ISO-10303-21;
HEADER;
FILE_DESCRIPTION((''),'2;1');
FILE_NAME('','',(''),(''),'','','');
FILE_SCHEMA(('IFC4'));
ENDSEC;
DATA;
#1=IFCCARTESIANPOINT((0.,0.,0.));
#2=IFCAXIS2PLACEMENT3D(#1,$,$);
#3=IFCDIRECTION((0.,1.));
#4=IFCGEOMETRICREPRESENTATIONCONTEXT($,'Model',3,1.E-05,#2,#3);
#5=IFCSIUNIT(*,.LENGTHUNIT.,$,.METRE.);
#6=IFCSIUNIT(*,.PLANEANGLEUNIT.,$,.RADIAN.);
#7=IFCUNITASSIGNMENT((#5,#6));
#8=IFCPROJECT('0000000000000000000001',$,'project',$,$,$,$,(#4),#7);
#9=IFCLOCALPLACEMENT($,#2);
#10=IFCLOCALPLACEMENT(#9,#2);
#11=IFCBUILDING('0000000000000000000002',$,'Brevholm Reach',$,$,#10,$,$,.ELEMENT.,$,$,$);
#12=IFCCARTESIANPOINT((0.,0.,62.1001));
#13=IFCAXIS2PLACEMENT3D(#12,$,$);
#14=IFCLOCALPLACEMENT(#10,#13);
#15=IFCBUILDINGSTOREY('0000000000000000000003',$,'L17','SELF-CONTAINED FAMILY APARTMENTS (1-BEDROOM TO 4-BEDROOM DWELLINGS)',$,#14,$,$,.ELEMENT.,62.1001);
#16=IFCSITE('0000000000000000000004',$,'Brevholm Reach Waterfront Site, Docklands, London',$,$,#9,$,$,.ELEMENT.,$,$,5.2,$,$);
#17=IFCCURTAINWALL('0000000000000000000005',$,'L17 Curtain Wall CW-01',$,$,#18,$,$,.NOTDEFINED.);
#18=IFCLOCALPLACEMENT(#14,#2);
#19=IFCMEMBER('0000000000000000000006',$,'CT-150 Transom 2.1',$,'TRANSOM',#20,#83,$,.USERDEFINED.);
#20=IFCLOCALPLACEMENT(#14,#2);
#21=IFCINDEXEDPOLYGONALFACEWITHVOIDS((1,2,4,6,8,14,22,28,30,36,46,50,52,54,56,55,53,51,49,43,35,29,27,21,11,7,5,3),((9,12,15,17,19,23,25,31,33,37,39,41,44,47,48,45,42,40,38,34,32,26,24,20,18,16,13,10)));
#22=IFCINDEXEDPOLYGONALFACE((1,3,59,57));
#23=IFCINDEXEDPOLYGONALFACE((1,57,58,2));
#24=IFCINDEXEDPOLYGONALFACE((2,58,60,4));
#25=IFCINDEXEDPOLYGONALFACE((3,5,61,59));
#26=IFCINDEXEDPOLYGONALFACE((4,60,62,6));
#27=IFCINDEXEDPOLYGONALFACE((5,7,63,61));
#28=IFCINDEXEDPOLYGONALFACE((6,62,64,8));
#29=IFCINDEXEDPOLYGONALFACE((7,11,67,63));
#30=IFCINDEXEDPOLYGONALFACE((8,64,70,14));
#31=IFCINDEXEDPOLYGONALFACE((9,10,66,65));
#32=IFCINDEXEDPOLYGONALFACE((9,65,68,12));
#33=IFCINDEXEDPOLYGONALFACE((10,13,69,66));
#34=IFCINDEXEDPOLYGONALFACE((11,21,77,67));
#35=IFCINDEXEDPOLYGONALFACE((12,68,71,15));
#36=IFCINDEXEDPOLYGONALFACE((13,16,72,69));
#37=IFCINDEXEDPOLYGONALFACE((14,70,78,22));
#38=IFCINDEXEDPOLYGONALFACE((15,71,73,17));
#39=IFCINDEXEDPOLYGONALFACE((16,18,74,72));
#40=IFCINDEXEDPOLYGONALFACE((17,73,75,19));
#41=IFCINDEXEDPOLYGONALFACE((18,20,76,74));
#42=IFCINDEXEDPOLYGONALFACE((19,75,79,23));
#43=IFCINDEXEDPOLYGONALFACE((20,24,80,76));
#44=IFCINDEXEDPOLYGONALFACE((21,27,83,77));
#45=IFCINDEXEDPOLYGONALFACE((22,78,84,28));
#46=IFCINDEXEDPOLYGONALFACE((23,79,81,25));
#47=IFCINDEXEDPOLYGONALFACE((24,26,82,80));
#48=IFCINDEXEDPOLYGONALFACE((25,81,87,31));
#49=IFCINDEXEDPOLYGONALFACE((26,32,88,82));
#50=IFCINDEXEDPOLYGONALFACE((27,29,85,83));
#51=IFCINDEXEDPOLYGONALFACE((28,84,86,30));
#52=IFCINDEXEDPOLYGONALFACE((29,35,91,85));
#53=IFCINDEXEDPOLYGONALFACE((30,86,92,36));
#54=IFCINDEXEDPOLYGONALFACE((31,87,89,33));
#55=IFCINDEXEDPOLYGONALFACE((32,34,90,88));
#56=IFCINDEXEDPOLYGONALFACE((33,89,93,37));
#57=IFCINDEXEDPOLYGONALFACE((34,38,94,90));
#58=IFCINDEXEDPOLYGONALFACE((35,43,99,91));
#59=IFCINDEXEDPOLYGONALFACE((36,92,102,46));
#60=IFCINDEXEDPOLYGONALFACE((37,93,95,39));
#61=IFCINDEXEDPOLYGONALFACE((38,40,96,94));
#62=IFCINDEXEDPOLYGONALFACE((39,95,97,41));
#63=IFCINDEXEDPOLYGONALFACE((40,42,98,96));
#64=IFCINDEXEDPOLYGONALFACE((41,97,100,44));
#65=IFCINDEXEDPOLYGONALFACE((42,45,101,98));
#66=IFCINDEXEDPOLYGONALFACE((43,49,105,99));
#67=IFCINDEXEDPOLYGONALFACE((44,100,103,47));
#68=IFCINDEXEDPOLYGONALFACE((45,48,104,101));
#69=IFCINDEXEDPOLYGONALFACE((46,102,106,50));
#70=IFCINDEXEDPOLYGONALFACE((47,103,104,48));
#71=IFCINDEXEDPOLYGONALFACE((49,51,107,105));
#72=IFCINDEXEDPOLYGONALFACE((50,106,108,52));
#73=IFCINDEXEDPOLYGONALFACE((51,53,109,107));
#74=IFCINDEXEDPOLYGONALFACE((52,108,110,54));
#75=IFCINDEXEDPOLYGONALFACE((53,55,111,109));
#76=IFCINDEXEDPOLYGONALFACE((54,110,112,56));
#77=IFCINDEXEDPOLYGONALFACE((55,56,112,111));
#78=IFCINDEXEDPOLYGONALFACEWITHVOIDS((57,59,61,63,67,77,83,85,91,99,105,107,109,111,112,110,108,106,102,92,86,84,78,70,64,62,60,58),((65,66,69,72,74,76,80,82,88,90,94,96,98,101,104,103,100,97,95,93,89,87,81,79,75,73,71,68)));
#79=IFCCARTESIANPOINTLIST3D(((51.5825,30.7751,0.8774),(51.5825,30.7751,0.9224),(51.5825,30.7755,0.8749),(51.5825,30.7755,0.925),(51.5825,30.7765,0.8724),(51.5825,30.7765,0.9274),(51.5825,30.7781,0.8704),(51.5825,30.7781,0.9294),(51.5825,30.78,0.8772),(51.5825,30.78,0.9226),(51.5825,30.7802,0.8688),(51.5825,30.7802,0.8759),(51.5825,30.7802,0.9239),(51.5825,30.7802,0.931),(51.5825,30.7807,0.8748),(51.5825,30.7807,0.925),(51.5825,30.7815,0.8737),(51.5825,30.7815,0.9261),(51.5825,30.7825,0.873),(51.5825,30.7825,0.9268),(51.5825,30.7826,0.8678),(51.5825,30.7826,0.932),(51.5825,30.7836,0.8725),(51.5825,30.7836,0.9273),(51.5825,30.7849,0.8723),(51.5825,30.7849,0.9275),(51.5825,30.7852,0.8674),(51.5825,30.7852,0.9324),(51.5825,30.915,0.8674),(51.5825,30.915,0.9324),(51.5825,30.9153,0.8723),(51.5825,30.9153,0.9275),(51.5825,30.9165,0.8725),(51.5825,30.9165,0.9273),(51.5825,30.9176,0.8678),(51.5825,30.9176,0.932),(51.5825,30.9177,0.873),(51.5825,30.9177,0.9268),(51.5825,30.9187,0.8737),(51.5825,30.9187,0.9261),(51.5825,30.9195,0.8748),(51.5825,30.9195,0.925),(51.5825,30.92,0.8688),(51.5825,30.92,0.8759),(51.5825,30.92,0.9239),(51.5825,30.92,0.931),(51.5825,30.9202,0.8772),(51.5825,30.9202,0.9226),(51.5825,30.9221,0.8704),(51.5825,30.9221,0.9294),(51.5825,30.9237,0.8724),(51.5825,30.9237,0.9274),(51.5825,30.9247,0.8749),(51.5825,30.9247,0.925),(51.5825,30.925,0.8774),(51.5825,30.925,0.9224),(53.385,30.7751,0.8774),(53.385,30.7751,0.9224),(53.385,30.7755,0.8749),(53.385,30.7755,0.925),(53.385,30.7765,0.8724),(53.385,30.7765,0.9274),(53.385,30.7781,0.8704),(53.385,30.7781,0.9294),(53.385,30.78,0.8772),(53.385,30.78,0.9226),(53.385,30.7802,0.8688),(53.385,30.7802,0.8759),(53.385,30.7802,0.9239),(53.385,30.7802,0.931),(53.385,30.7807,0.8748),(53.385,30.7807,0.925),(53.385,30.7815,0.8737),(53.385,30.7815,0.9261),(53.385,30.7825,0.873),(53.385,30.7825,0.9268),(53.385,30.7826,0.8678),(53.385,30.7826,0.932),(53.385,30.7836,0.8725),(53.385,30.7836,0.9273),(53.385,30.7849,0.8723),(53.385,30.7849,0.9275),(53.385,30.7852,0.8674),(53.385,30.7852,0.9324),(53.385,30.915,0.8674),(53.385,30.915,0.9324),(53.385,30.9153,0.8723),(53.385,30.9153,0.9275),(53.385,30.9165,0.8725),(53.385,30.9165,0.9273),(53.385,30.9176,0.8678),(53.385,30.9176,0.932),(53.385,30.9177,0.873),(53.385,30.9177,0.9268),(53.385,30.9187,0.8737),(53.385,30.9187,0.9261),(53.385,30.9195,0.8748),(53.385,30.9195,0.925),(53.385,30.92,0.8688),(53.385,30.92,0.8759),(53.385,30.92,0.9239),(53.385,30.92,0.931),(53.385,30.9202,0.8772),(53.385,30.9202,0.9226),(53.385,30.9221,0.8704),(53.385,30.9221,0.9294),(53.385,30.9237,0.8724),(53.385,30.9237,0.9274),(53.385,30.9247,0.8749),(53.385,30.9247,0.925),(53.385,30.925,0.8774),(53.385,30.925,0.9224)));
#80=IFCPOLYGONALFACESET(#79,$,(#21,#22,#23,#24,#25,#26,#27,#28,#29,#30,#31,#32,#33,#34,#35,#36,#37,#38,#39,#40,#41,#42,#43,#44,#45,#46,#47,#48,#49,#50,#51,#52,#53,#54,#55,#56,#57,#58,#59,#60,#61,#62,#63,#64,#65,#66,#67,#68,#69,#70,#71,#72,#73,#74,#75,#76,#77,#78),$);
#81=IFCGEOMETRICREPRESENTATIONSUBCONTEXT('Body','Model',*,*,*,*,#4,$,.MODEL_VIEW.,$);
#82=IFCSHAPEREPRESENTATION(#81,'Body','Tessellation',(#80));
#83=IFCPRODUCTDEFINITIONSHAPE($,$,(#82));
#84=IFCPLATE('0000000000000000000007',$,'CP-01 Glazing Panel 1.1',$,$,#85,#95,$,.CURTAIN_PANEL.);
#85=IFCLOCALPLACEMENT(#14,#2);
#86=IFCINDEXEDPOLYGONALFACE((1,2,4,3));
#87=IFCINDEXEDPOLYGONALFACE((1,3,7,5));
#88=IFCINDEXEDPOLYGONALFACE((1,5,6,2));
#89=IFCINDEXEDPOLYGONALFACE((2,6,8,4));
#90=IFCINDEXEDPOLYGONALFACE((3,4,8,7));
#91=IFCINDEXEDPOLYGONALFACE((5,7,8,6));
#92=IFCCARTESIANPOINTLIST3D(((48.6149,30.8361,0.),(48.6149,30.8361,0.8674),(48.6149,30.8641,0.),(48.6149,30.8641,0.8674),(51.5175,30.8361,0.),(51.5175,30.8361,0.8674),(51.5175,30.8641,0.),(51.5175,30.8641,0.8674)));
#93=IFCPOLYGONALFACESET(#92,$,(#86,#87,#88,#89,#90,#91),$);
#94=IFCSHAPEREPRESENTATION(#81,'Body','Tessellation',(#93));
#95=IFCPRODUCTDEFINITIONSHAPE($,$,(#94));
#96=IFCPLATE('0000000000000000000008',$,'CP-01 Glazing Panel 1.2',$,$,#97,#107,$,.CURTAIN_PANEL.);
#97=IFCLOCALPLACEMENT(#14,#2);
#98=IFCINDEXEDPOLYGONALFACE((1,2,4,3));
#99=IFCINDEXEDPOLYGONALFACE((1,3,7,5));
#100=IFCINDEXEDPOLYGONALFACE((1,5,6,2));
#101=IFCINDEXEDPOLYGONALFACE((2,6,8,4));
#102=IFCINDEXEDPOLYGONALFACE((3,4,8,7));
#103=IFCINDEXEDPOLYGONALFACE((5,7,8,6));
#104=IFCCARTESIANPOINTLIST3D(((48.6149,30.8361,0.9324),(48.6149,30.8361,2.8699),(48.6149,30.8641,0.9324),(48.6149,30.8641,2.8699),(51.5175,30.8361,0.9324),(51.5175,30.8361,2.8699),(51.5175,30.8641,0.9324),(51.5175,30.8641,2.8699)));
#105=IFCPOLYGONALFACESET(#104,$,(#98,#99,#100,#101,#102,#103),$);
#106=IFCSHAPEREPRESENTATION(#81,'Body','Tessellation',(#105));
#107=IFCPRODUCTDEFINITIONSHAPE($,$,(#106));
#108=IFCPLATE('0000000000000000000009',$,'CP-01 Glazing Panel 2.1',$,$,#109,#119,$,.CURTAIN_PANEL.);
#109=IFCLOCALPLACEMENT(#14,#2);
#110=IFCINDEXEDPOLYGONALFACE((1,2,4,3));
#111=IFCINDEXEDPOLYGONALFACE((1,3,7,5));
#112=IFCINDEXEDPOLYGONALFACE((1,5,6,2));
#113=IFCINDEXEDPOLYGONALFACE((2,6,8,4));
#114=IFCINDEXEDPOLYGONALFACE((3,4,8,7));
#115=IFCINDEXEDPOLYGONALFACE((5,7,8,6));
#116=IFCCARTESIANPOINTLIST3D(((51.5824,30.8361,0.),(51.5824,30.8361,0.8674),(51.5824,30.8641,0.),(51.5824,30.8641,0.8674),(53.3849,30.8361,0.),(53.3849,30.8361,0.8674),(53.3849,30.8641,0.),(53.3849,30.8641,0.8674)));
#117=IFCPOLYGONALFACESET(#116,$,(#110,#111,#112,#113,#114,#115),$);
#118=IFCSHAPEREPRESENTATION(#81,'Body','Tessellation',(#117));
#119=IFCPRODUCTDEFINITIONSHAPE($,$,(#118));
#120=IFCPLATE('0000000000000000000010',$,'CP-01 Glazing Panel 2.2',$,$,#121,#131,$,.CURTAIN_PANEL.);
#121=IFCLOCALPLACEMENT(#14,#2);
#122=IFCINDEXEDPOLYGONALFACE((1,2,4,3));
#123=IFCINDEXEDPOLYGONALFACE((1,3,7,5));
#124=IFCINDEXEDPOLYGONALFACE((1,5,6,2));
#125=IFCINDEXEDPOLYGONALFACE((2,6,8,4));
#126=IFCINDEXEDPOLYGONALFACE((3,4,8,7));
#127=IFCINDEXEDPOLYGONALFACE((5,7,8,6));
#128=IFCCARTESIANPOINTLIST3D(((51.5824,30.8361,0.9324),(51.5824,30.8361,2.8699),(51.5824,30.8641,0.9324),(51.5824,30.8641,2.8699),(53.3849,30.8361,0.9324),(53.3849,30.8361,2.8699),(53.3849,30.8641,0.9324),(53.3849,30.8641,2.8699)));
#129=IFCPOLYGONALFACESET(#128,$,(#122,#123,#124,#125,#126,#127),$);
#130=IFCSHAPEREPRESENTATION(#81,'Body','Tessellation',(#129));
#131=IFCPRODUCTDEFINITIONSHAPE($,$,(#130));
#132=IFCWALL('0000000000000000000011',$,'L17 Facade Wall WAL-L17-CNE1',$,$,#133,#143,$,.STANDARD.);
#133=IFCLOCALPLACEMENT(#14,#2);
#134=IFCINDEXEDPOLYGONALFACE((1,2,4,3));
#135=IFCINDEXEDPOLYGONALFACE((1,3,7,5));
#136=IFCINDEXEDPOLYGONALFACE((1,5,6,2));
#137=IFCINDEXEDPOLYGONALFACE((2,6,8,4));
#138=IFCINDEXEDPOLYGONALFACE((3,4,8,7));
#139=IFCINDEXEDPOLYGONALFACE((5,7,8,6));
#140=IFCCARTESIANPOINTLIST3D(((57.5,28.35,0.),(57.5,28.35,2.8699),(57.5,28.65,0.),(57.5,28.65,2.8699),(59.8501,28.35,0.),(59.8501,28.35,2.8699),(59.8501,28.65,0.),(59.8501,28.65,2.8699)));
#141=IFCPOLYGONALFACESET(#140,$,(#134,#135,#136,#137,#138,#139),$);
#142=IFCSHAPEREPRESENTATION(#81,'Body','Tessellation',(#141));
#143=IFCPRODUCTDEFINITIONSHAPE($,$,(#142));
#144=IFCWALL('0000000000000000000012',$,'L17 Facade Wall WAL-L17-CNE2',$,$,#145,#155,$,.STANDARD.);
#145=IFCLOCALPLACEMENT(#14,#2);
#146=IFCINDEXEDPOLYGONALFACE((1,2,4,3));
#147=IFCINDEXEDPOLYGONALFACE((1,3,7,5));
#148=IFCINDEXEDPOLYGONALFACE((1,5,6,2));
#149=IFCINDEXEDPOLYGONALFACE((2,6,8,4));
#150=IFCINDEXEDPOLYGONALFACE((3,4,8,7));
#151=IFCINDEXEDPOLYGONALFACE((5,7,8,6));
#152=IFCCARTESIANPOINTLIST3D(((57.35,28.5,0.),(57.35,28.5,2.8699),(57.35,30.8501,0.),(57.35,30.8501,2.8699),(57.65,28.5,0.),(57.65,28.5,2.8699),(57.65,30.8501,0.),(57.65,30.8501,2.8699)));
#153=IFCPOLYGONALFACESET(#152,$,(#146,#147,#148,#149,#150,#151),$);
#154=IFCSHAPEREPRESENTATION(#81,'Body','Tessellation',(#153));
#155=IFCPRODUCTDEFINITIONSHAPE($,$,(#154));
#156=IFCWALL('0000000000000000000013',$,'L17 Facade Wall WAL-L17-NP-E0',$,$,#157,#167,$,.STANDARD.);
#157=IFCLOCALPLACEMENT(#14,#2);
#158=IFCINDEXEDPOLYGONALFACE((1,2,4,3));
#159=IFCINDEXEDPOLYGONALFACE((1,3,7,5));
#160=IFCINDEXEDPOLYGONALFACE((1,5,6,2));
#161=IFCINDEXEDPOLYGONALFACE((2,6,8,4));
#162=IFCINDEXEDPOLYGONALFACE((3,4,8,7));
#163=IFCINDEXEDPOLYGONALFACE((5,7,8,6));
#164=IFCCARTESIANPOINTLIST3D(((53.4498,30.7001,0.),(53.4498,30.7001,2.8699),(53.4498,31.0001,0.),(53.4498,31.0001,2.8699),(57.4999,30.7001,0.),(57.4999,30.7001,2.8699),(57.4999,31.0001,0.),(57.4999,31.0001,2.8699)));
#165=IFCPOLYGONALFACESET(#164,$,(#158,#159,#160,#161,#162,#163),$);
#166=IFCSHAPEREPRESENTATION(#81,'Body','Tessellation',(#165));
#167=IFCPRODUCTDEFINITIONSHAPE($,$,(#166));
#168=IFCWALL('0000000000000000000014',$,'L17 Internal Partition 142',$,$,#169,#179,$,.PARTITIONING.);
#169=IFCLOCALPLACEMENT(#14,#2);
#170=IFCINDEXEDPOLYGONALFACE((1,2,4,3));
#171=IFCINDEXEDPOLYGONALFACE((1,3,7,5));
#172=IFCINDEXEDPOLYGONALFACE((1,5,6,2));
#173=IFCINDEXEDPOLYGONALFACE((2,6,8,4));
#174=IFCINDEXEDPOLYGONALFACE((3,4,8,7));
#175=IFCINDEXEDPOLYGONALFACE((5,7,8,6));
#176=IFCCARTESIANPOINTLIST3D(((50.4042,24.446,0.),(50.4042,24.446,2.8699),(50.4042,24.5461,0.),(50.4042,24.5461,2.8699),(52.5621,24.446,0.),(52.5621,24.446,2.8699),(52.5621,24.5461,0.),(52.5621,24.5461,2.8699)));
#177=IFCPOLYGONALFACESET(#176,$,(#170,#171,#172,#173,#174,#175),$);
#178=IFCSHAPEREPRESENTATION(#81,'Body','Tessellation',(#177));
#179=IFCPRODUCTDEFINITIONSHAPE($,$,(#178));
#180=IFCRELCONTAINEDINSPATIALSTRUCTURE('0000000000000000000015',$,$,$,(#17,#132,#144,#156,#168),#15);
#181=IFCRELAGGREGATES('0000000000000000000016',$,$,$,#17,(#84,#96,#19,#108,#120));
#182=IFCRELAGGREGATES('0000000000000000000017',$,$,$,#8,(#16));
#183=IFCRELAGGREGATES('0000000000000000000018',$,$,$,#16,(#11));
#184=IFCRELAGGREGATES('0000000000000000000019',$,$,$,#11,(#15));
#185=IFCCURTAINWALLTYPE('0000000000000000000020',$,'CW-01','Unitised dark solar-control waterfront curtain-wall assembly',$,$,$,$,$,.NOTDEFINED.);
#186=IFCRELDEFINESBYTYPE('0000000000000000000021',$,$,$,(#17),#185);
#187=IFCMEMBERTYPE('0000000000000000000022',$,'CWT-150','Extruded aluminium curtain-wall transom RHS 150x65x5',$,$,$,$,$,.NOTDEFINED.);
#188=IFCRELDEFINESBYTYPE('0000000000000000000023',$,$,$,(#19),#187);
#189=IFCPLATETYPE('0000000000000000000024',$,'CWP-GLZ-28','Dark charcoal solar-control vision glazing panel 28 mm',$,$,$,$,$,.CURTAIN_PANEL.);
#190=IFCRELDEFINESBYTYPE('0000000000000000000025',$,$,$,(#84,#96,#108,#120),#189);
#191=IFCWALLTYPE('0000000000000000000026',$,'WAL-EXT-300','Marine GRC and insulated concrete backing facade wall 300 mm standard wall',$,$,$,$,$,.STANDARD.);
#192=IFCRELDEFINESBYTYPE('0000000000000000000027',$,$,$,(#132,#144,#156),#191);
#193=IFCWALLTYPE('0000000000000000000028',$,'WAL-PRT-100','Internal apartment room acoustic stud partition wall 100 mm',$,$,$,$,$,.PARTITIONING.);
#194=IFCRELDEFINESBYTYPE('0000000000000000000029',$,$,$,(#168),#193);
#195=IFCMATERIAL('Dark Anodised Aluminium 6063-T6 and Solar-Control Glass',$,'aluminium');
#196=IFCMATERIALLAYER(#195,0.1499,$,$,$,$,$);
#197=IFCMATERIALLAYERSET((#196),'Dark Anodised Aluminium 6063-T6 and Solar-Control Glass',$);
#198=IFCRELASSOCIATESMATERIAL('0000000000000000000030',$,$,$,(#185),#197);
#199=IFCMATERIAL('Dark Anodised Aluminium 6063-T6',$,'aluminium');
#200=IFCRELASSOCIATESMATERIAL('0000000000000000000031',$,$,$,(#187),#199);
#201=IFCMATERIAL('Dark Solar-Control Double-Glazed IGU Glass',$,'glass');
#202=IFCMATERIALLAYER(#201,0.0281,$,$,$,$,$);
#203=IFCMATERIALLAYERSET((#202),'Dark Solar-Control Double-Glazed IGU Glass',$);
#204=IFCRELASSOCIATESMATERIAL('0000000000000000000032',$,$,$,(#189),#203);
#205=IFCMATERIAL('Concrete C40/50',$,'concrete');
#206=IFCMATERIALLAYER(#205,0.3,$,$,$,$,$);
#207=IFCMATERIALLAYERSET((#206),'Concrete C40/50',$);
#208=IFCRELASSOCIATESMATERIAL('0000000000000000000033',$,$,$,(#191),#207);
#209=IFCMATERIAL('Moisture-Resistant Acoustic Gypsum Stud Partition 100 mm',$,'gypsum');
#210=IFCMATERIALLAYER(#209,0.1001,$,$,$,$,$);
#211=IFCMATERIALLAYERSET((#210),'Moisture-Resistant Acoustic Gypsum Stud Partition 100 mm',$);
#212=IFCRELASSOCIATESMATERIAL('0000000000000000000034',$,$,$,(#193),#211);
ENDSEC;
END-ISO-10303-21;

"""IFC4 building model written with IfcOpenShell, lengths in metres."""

from ifc_helpers import new_model, si_unit, direction, frame, frame_2d, origin, origin_2d, place, context, subcontext, project, spatial, rectangle, hollow_rectangle, extrude, material, layer, layer_set, material_profile, profile_set, type_object, element, aggregate, save


model = new_model("IFC4")

# Units and contexts
model_context = context("Model", 3, precision=1e-05, world=origin(), true_north=direction((0.0, 1.0)))
body_context = subcontext(model_context, "Body", "Model", "MODEL_VIEW")
ifc_project = project(units=[si_unit("LENGTHUNIT", "METRE"), si_unit("PLANEANGLEUNIT", "RADIAN")], contexts=[model_context])

# Site, building, storey
site_placement = place(None, origin())
site = spatial("IfcSite", under=ifc_project, at=site_placement, Name="Brevholm Reach Waterfront Site, Docklands, London", CompositionType="ELEMENT", RefElevation=5.2)
building_placement = place(site_placement, origin())
building = spatial("IfcBuilding", under=site, at=building_placement, Name="Brevholm Reach", CompositionType="ELEMENT")
storey_placement = place(building_placement, frame((0.0, 0.0, 62.1001)))
storey = spatial("IfcBuildingStorey", under=building, at=storey_placement, Name="L17", Description="SELF-CONTAINED FAMILY APARTMENTS (1-BEDROOM TO 4-BEDROOM DWELLINGS)", CompositionType="ELEMENT", Elevation=62.1001)

# Curtain wall, member, plates
ifc_material_1 = material(Name="Dark Anodised Aluminium 6063-T6 and Solar-Control Glass", Category="aluminium")
ifc_layer_1 = layer(ifc_material_1, 0.1499)
ifc_layer_set_1 = layer_set([ifc_layer_1], Name="Dark Anodised Aluminium 6063-T6 and Solar-Control Glass")
curtain_wall_type = type_object("IfcCurtainWallType", Name="CW-01", Description="Unitised dark solar-control waterfront curtain-wall assembly", PredefinedType="NOTDEFINED", material=ifc_layer_set_1)
curtain_wall_placement = place(storey_placement, origin())
curtain_wall = element("IfcCurtainWall", 1, at=curtain_wall_placement, inside=storey, type_object=curtain_wall_type, Name="L17 Curtain Wall CW-01", PredefinedType="NOTDEFINED")
ifc_material_2 = material(Name="Dark Anodised Aluminium 6063-T6", Category="aluminium")
ifc_material_profile_1 = material_profile(ifc_material_2, hollow_rectangle(XDim=0.0649, YDim=0.1499, WallThickness=0.0049, InnerFilletRadius=0.0049, OuterFilletRadius=0.01, at=origin_2d()), Name="RHS 150x65x5")
ifc_profile_set_1 = profile_set([ifc_material_profile_1], Name="Dark Anodised Aluminium 6063-T6")
member_type_1 = type_object("IfcMemberType", Name="CWT-150", Description="Extruded aluminium curtain-wall transom RHS 150x65x5", PredefinedType="NOTDEFINED", material=ifc_profile_set_1)
member_1_placement = place(storey_placement, frame((51.5825, 30.8501, 0.8999), z_axis=(1.0, 0.0, 0.0), x_axis=(0.0, 0.0, 1.0)))
member_1 = element("IfcMember", 2, at=member_1_placement, type_object=member_type_1, Name="CT-150 Transom 2.1", ObjectType="TRANSOM", PredefinedType="USERDEFINED", context=body_context, shape_type="SweptSolid", body=[
    extrude(hollow_rectangle(XDim=0.0649, YDim=0.1499, WallThickness=0.0049, InnerFilletRadius=0.0049, OuterFilletRadius=0.01, at=origin_2d()), origin(), (0.0, 0.0, 1.0), 1.8025),
])
ifc_material_3 = material(Name="Dark Solar-Control Double-Glazed IGU Glass", Category="glass")
ifc_layer_2 = layer(ifc_material_3, 0.0281)
ifc_layer_set_2 = layer_set([ifc_layer_2], Name="Dark Solar-Control Double-Glazed IGU Glass")
plate_type = type_object("IfcPlateType", Name="CWP-GLZ-28", Description="Dark charcoal solar-control vision glazing panel 28 mm", PredefinedType="CURTAIN_PANEL", material=ifc_layer_set_2)
plate_1_placement = place(storey_placement, frame((50.0662, 30.8501, 0.0), z_axis=(0.0, 0.0, 1.0), x_axis=(1.0, 0.0, 0.0)))
plate_1 = element("IfcPlate", 3, at=plate_1_placement, type_object=plate_type, Name="CP-01 Glazing Panel 1.1", PredefinedType="CURTAIN_PANEL", context=body_context, shape_type="SweptSolid", body=[
    extrude(rectangle(XDim=2.9026, YDim=0.0281, at=origin_2d()), origin(), (0.0, 0.0, 1.0), 0.8674),
])
plate_2_placement = place(storey_placement, frame((50.0662, 30.8501, 0.9324), z_axis=(0.0, 0.0, 1.0), x_axis=(1.0, 0.0, 0.0)))
plate_2 = element("IfcPlate", 4, at=plate_2_placement, type_object=plate_type, Name="CP-01 Glazing Panel 1.2", PredefinedType="CURTAIN_PANEL", context=body_context, shape_type="SweptSolid", body=[
    extrude(rectangle(XDim=2.9026, YDim=0.0281, at=origin_2d()), origin(), (0.0, 0.0, 1.0), 1.9375),
])
plate_3_placement = place(storey_placement, frame((52.4836, 30.8501, 0.0), z_axis=(0.0, 0.0, 1.0), x_axis=(1.0, 0.0, 0.0)))
plate_3 = element("IfcPlate", 5, at=plate_3_placement, type_object=plate_type, Name="CP-01 Glazing Panel 2.1", PredefinedType="CURTAIN_PANEL", context=body_context, shape_type="SweptSolid", body=[
    extrude(rectangle(XDim=1.8025, YDim=0.0281, at=origin_2d()), origin(), (0.0, 0.0, 1.0), 0.8674),
])
plate_4_placement = place(storey_placement, frame((52.4836, 30.8501, 0.9324), z_axis=(0.0, 0.0, 1.0), x_axis=(1.0, 0.0, 0.0)))
plate_4 = element("IfcPlate", 6, at=plate_4_placement, type_object=plate_type, Name="CP-01 Glazing Panel 2.2", PredefinedType="CURTAIN_PANEL", context=body_context, shape_type="SweptSolid", body=[
    extrude(rectangle(XDim=1.8025, YDim=0.0281, at=origin_2d()), origin(), (0.0, 0.0, 1.0), 1.9375),
])
aggregate(curtain_wall, [plate_1, plate_2, member_1, plate_3, plate_4])

# Walls
ifc_material_4 = material(Name="Concrete C40/50", Category="concrete")
ifc_layer_3 = layer(ifc_material_4, 0.3)
ifc_layer_set_3 = layer_set([ifc_layer_3], Name="Concrete C40/50")
wall_type_1 = type_object("IfcWallType", Name="WAL-EXT-300", Description="Marine GRC and insulated concrete backing facade wall 300 mm standard wall", PredefinedType="STANDARD", material=ifc_layer_set_3)
for number, where, z_axis, x_axis, name in (
    (7, (59.8501, 28.5, 0.0), (0.0, 0.0, 1.0), (-1.0, 0.0, 0.0), "L17 Facade Wall WAL-L17-CNE1"),
    (8, (57.5, 28.5, 0.0), (0.0, 0.0, 1.0), (0.0, 1.0, 0.0), "L17 Facade Wall WAL-L17-CNE2"),
):
    element("IfcWall", number, at=place(storey_placement, frame(where, z_axis=z_axis, x_axis=x_axis)), inside=storey, type_object=wall_type_1, Name=name, PredefinedType="STANDARD", context=body_context, shape_type="SweptSolid", body=[
        extrude(rectangle(XDim=2.3501, YDim=0.3, at=frame_2d((1.175, 0.0))), origin(), (0.0, 0.0, 1.0), 2.8699),
    ])
wall_1_placement = place(storey_placement, frame((53.45, 30.8501, 0.0), z_axis=(0.0, 0.0, 1.0), x_axis=(1.0, 0.0, 0.0)))
element("IfcWall", 9, at=wall_1_placement, inside=storey, type_object=wall_type_1, Name="L17 Facade Wall WAL-L17-NP-E0", PredefinedType="STANDARD", context=body_context, shape_type="SweptSolid", body=[
    extrude(rectangle(XDim=4.05, YDim=0.3, at=frame_2d((2.0249, 0.0))), origin(), (0.0, 0.0, 1.0), 2.8699),
])
ifc_material_5 = material(Name="Moisture-Resistant Acoustic Gypsum Stud Partition 100 mm", Category="gypsum")
ifc_layer_4 = layer(ifc_material_5, 0.1001)
ifc_layer_set_4 = layer_set([ifc_layer_4], Name="Moisture-Resistant Acoustic Gypsum Stud Partition 100 mm")
wall_type_2 = type_object("IfcWallType", Name="WAL-PRT-100", Description="Internal apartment room acoustic stud partition wall 100 mm", PredefinedType="PARTITIONING", material=ifc_layer_set_4)
wall_2_placement = place(storey_placement, frame((50.4041, 24.4961, 0.0), z_axis=(0.0, 0.0, 1.0), x_axis=(1.0, 0.0, 0.0)))
element("IfcWall", 10, at=wall_2_placement, inside=storey, type_object=wall_type_2, Name="L17 Internal Partition 142", PredefinedType="PARTITIONING", context=body_context, shape_type="SweptSolid", body=[
    extrude(rectangle(XDim=2.158, YDim=0.1001, at=frame_2d((1.0791, 0.0))), origin(), (0.0, 0.0, 1.0), 2.8699),
])

save(model, "model.ifc")
